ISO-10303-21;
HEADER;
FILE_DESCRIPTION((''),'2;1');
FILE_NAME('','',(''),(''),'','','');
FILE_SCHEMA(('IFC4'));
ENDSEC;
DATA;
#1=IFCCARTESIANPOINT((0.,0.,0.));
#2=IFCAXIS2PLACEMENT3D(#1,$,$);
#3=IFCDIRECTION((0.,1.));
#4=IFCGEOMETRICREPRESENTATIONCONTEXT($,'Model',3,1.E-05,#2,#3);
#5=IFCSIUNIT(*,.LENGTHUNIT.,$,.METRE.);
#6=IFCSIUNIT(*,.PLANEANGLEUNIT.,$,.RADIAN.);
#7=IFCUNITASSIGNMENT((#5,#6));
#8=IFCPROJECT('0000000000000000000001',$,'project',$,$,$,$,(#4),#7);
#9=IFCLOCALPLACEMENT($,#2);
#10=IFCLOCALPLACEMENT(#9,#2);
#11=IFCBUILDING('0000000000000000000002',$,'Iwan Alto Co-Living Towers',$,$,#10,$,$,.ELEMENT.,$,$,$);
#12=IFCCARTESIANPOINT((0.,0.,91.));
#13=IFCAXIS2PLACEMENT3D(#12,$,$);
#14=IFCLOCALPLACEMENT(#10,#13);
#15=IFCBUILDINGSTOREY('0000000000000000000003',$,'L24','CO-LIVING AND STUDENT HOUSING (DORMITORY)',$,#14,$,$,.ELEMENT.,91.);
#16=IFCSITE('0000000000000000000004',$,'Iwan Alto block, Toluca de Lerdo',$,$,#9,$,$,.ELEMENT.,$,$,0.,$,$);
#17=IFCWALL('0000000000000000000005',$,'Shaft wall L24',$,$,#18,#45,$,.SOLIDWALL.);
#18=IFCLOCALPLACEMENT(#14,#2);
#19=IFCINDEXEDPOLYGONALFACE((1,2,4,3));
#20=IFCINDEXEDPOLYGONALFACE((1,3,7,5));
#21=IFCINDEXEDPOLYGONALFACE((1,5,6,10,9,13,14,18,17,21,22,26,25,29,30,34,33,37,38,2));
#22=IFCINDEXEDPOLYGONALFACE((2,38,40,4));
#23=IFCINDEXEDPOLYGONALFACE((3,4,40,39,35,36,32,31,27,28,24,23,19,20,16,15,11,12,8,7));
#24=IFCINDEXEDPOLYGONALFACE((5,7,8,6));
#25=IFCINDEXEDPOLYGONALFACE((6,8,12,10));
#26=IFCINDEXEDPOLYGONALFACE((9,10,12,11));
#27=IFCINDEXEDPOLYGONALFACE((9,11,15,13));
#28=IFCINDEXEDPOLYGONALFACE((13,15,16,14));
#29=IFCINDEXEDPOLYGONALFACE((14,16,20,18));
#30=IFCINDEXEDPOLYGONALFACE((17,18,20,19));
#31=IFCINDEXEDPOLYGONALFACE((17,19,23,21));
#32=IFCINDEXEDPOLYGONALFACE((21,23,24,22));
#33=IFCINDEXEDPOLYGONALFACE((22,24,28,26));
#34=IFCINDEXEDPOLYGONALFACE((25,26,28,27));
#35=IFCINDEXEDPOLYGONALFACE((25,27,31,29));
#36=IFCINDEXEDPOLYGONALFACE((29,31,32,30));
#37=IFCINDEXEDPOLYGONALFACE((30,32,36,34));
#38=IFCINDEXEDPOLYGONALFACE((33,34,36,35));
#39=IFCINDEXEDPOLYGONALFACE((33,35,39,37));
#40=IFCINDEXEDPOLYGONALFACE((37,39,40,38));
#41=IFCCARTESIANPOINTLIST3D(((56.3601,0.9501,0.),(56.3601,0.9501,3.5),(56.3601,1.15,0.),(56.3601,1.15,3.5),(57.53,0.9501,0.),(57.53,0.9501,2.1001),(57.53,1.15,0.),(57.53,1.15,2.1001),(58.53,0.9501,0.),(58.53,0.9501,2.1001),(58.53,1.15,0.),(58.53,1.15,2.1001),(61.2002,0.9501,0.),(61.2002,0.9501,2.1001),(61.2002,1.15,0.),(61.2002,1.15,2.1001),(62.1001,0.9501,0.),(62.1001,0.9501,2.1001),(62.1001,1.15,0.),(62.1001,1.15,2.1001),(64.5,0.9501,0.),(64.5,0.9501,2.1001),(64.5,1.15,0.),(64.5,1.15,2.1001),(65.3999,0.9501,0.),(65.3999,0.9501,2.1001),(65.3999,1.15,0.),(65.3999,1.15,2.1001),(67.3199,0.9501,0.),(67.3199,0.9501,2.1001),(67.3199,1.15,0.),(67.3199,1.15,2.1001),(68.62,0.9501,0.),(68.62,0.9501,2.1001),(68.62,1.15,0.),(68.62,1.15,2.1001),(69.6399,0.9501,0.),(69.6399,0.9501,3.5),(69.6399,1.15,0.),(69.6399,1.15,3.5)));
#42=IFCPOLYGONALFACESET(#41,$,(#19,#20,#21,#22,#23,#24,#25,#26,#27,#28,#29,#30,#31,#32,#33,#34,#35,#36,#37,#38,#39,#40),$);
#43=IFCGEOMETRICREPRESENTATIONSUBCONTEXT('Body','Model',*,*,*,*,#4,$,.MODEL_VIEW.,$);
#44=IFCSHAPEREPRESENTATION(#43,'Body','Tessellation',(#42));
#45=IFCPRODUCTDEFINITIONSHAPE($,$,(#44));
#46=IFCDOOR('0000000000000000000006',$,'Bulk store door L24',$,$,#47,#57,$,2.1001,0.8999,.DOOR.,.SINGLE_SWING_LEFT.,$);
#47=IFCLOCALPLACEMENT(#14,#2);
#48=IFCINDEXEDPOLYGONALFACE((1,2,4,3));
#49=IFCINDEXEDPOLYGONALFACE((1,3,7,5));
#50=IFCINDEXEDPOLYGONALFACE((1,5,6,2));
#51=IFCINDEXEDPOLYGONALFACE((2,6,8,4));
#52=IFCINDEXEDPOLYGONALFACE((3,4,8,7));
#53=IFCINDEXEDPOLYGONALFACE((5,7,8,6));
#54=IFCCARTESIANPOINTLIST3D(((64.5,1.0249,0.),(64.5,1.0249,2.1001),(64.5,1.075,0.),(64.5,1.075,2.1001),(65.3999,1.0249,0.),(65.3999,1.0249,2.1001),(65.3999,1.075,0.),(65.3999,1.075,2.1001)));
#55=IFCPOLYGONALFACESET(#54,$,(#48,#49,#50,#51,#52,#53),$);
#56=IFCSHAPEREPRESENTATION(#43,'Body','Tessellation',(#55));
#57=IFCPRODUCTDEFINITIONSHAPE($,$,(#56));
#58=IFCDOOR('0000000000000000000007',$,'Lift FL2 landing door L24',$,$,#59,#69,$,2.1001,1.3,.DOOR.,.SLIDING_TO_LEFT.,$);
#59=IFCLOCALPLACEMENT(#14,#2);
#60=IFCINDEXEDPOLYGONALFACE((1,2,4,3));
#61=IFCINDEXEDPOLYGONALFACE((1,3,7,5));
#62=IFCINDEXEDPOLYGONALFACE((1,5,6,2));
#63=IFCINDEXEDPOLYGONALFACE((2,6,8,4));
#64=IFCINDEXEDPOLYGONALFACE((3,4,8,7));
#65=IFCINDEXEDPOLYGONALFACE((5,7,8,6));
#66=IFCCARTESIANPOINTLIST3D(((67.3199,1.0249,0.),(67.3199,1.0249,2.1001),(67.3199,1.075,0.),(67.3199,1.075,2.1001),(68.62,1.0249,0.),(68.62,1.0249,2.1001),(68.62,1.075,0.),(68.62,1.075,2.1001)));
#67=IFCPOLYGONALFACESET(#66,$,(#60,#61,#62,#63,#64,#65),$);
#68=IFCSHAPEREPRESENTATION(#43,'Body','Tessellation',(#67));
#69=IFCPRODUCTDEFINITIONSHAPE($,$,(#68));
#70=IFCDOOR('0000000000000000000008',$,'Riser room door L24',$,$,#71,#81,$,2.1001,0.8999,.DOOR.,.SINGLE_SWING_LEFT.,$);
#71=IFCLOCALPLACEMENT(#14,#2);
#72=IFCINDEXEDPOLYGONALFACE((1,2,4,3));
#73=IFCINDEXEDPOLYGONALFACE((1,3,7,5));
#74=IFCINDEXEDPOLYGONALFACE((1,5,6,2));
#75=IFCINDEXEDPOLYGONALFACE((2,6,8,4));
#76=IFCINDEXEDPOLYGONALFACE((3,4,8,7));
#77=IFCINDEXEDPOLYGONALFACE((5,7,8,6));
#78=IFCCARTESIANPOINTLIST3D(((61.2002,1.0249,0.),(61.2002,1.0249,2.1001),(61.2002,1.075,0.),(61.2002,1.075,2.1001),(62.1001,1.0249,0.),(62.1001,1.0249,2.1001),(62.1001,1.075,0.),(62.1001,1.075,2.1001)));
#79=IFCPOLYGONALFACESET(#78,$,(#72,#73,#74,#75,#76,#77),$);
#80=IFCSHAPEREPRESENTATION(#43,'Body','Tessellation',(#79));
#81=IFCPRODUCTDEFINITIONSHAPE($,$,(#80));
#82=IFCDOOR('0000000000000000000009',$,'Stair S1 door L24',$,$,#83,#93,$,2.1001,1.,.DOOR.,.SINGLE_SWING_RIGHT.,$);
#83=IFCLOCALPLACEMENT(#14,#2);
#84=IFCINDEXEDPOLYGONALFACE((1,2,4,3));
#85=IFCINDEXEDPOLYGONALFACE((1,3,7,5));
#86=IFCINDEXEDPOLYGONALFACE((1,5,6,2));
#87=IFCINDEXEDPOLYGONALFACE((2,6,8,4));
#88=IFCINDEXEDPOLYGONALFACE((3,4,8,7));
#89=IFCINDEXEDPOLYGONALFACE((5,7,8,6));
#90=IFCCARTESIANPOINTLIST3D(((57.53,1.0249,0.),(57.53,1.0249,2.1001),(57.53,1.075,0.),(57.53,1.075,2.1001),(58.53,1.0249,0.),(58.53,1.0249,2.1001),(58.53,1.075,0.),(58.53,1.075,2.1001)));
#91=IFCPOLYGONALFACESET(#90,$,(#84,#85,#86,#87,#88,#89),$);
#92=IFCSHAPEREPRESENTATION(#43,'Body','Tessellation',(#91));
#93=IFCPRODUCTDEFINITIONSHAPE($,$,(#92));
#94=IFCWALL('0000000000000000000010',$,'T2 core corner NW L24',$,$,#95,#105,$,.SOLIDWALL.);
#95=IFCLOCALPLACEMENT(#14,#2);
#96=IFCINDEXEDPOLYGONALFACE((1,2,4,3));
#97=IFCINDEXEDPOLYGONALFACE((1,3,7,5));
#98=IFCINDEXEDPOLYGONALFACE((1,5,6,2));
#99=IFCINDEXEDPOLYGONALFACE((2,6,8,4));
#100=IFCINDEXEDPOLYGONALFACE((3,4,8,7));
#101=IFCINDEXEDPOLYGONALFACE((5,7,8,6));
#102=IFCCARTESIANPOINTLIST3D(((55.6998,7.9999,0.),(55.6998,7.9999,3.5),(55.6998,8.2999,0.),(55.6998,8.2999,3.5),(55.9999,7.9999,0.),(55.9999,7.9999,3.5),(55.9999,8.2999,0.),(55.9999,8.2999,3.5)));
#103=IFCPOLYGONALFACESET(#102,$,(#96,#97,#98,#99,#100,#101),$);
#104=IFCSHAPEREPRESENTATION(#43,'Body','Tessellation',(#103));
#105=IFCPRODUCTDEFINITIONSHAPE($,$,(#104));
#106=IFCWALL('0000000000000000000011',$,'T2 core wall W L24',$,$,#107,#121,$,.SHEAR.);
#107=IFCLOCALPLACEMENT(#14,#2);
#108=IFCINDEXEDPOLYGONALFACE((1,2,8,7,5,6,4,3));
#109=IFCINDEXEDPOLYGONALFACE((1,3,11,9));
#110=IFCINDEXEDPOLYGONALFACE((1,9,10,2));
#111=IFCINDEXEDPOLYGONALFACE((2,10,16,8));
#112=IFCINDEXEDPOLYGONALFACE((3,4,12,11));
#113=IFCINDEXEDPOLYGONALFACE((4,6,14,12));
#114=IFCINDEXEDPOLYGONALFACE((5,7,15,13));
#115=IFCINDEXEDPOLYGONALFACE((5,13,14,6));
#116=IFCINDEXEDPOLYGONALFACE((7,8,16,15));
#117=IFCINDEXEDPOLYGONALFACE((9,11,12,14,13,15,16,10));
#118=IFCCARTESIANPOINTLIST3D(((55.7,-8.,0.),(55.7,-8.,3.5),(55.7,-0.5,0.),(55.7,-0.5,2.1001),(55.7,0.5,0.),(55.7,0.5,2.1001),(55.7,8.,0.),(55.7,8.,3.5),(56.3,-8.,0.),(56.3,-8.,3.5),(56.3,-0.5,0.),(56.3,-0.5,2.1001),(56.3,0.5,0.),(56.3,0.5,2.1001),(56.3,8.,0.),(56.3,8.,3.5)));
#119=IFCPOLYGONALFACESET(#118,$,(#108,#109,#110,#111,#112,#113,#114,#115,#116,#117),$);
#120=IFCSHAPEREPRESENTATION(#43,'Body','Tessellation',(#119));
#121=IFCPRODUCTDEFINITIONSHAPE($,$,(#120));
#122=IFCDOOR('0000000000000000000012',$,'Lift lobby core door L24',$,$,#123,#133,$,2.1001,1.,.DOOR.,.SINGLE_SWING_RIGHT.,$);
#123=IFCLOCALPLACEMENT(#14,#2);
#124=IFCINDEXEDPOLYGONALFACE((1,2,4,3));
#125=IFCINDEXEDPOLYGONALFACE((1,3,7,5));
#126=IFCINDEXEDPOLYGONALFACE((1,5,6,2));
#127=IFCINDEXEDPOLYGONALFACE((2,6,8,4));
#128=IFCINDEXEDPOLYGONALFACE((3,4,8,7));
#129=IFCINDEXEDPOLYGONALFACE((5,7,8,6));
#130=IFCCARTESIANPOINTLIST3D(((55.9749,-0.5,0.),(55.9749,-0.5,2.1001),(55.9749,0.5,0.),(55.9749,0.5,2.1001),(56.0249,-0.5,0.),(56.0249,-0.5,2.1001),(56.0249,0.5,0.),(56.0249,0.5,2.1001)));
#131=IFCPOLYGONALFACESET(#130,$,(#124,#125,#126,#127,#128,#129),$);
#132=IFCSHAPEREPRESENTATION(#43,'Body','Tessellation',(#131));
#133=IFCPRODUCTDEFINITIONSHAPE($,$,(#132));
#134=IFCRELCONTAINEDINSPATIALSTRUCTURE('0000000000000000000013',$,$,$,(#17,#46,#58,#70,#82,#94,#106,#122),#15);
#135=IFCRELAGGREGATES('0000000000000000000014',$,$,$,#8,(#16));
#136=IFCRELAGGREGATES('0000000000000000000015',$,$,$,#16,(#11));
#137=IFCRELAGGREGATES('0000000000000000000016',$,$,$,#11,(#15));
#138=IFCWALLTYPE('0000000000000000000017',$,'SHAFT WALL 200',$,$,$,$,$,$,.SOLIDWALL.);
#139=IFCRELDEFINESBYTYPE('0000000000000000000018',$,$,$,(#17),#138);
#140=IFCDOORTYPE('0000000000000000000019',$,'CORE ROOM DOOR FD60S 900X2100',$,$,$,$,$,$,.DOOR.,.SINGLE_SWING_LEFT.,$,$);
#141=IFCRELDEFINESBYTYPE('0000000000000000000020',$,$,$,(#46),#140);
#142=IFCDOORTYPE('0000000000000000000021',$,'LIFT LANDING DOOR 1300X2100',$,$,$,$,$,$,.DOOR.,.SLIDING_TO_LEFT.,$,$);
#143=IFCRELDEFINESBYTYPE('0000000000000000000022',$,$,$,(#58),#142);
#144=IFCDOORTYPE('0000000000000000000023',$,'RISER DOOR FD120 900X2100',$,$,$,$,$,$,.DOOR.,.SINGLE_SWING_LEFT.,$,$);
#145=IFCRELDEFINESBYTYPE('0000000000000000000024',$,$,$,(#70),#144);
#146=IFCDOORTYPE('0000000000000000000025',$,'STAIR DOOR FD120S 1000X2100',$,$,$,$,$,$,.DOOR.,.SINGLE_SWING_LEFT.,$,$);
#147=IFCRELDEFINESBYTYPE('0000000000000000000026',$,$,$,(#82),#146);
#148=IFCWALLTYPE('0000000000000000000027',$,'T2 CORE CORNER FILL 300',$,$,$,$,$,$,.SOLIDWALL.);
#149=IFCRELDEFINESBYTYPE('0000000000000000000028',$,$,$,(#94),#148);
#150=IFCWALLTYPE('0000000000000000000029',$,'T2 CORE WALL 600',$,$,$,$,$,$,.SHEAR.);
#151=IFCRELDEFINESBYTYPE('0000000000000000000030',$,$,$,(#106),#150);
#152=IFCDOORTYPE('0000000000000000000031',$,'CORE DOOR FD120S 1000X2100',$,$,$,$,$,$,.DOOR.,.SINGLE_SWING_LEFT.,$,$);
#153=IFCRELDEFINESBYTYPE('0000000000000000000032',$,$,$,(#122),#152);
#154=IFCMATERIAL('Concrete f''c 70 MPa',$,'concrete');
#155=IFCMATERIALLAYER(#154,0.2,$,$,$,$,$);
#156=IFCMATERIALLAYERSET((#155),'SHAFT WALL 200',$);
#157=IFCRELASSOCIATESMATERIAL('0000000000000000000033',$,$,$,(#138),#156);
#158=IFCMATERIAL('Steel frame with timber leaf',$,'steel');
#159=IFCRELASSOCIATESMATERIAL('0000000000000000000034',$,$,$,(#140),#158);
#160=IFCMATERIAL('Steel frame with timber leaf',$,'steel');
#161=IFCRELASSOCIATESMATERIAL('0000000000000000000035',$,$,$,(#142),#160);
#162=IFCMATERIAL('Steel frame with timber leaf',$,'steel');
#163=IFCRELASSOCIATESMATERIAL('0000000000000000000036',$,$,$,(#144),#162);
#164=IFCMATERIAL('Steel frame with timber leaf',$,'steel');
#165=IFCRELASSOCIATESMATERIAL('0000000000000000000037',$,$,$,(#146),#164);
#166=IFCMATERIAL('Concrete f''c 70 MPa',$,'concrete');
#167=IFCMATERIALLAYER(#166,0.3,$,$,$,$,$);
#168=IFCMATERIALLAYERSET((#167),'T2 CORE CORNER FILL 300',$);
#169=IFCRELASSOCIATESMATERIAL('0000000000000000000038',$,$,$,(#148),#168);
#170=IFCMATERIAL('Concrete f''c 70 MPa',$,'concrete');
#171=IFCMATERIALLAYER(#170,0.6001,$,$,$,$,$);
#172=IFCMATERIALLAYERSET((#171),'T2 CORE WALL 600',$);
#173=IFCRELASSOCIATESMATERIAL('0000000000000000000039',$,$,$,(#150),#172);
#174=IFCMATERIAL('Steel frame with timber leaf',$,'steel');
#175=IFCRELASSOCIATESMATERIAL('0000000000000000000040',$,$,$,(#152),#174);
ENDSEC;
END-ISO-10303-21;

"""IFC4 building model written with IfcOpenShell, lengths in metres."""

from ifc_helpers import new_model, si_unit, direction, frame, frame_2d, origin, place, context, subcontext, project, spatial, rectangle, extrude, material, layer, layer_set, type_object, element, fill, save


model = new_model("IFC4")

# Units and contexts
model_context = context("Model", 3, precision=1e-05, world=origin(), true_north=direction((0.0, 1.0)))
body_context = subcontext(model_context, "Body", "Model", "MODEL_VIEW")
ifc_project = project(units=[si_unit("LENGTHUNIT", "METRE"), si_unit("PLANEANGLEUNIT", "RADIAN")], contexts=[model_context])

# Site, building, storey
site_placement = place(None, origin())
site = spatial("IfcSite", under=ifc_project, at=site_placement, Name="Iwan Alto block, Toluca de Lerdo", CompositionType="ELEMENT", RefElevation=0.0)
building_placement = place(site_placement, origin())
building = spatial("IfcBuilding", under=site, at=building_placement, Name="Iwan Alto Co-Living Towers", CompositionType="ELEMENT")
storey_placement = place(building_placement, frame((0.0, 0.0, 91.0)))
storey = spatial("IfcBuildingStorey", under=building, at=storey_placement, Name="L24", Description="CO-LIVING AND STUDENT HOUSING (DORMITORY)", CompositionType="ELEMENT", Elevation=91.0)

# Wall, openings, doors
ifc_material_1 = material(Name="Concrete f'c 70 MPa", Category="concrete")
ifc_layer_1 = layer(ifc_material_1, 0.2)
ifc_layer_set_1 = layer_set([ifc_layer_1], Name="SHAFT WALL 200")
wall_type_1 = type_object("IfcWallType", Name="SHAFT WALL 200", PredefinedType="SOLIDWALL", material=ifc_layer_set_1)
wall_1_placement = place(storey_placement, frame((56.3601, 1.05, 0.0), z_axis=(0.0, 0.0, 1.0), x_axis=(1.0, 0.0, 0.0)))
wall_1 = element("IfcWall", 1, at=wall_1_placement, inside=storey, type_object=wall_type_1, Name="Shaft wall L24", PredefinedType="SOLIDWALL", context=body_context, shape_type="SweptSolid", body=[
    extrude(rectangle(XDim=13.2798, YDim=0.2, at=frame_2d((6.6399, 0.0))), origin(), (0.0, 0.0, 1.0), 3.5),
])
opening_1_placement = place(wall_1_placement, frame((1.1699, 0.0, 0.0)))
opening_1 = element("IfcOpeningElement", 2, at=opening_1_placement, cuts=wall_1, PredefinedType="OPENING", context=body_context, shape_type="SweptSolid", body=[
    extrude(rectangle(XDim=1.0, YDim=2.1001, at=frame_2d((0.5, 1.05))), frame((0.0, 0.1099, 0.0), z_axis=(0.0, -1.0, 0.0), x_axis=(1.0, 0.0, 0.0)), (0.0, 0.0, 1.0), 0.22),
])
opening_2_placement = place(wall_1_placement, frame((4.8401, 0.0, 0.0)))
opening_2 = element("IfcOpeningElement", 3, at=opening_2_placement, cuts=wall_1, PredefinedType="OPENING", context=body_context, shape_type="SweptSolid", body=[
    extrude(rectangle(XDim=0.8999, YDim=2.1001, at=frame_2d((0.45, 1.05))), frame((0.0, 0.1099, 0.0), z_axis=(0.0, -1.0, 0.0), x_axis=(1.0, 0.0, 0.0)), (0.0, 0.0, 1.0), 0.22),
])
opening_3_placement = place(wall_1_placement, frame((8.1399, 0.0, 0.0)))
opening_3 = element("IfcOpeningElement", 4, at=opening_3_placement, cuts=wall_1, PredefinedType="OPENING", context=body_context, shape_type="SweptSolid", body=[
    extrude(rectangle(XDim=0.8999, YDim=2.1001, at=frame_2d((0.45, 1.05))), frame((0.0, 0.1099, 0.0), z_axis=(0.0, -1.0, 0.0), x_axis=(1.0, 0.0, 0.0)), (0.0, 0.0, 1.0), 0.22),
])
opening_4_placement = place(wall_1_placement, frame((10.96, 0.0, 0.0)))
opening_4 = element("IfcOpeningElement", 5, at=opening_4_placement, cuts=wall_1, PredefinedType="OPENING", context=body_context, shape_type="SweptSolid", body=[
    extrude(rectangle(XDim=1.3, YDim=2.1001, at=frame_2d((0.6499, 1.05))), frame((0.0, 0.1099, 0.0), z_axis=(0.0, -1.0, 0.0), x_axis=(1.0, 0.0, 0.0)), (0.0, 0.0, 1.0), 0.22),
])
ifc_material_2 = material(Name="Steel frame with timber leaf", Category="steel")
door_type_1 = type_object("IfcDoorType", Name="CORE ROOM DOOR FD60S 900X2100", OperationType="SINGLE_SWING_LEFT", PredefinedType="DOOR", material=ifc_material_2)
door_1_placement = place(opening_3_placement, origin())
door_1 = element("IfcDoor", 6, at=door_1_placement, inside=storey, type_object=door_type_1, Name="Bulk store door L24", OperationType="SINGLE_SWING_LEFT", OverallHeight=2.1001, OverallWidth=0.8999, PredefinedType="DOOR", context=body_context, shape_type="SweptSolid", body=[
    extrude(rectangle(XDim=0.8999, YDim=2.1001, at=frame_2d((0.45, 1.05))), frame((0.0, 0.0249, 0.0), z_axis=(0.0, -1.0, 0.0), x_axis=(1.0, 0.0, 0.0)), (0.0, 0.0, 1.0), 0.05),
])
fill(opening_3, door_1)
ifc_material_3 = material(Name="Steel frame with timber leaf", Category="steel")
door_type_2 = type_object("IfcDoorType", Name="LIFT LANDING DOOR 1300X2100", OperationType="SLIDING_TO_LEFT", PredefinedType="DOOR", material=ifc_material_3)
door_2_placement = place(opening_4_placement, origin())
door_2 = element("IfcDoor", 7, at=door_2_placement, inside=storey, type_object=door_type_2, Name="Lift FL2 landing door L24", OperationType="SLIDING_TO_LEFT", OverallHeight=2.1001, OverallWidth=1.3, PredefinedType="DOOR", context=body_context, shape_type="SweptSolid", body=[
    extrude(rectangle(XDim=1.3, YDim=2.1001, at=frame_2d((0.6499, 1.05))), frame((0.0, 0.0249, 0.0), z_axis=(0.0, -1.0, 0.0), x_axis=(1.0, 0.0, 0.0)), (0.0, 0.0, 1.0), 0.05),
])
fill(opening_4, door_2)
ifc_material_4 = material(Name="Steel frame with timber leaf", Category="steel")
door_type_3 = type_object("IfcDoorType", Name="RISER DOOR FD120 900X2100", OperationType="SINGLE_SWING_LEFT", PredefinedType="DOOR", material=ifc_material_4)
door_3_placement = place(opening_2_placement, origin())
door_3 = element("IfcDoor", 8, at=door_3_placement, inside=storey, type_object=door_type_3, Name="Riser room door L24", OperationType="SINGLE_SWING_LEFT", OverallHeight=2.1001, OverallWidth=0.8999, PredefinedType="DOOR", context=body_context, shape_type="SweptSolid", body=[
    extrude(rectangle(XDim=0.8999, YDim=2.1001, at=frame_2d((0.45, 1.05))), frame((0.0, 0.0249, 0.0), z_axis=(0.0, -1.0, 0.0), x_axis=(1.0, 0.0, 0.0)), (0.0, 0.0, 1.0), 0.05),
])
fill(opening_2, door_3)
ifc_material_5 = material(Name="Steel frame with timber leaf", Category="steel")
door_type_4 = type_object("IfcDoorType", Name="STAIR DOOR FD120S 1000X2100", OperationType="SINGLE_SWING_LEFT", PredefinedType="DOOR", material=ifc_material_5)
door_4_placement = place(opening_1_placement, origin())
door_4 = element("IfcDoor", 9, at=door_4_placement, inside=storey, type_object=door_type_4, Name="Stair S1 door L24", OperationType="SINGLE_SWING_RIGHT", OverallHeight=2.1001, OverallWidth=1.0, PredefinedType="DOOR", context=body_context, shape_type="SweptSolid", body=[
    extrude(rectangle(XDim=1.0, YDim=2.1001, at=frame_2d((0.5, 1.05))), frame((0.0, 0.0249, 0.0), z_axis=(0.0, -1.0, 0.0), x_axis=(1.0, 0.0, 0.0)), (0.0, 0.0, 1.0), 0.05),
])
fill(opening_1, door_4)

# Wall
ifc_material_6 = material(Name="Concrete f'c 70 MPa", Category="concrete")
ifc_layer_2 = layer(ifc_material_6, 0.3)
ifc_layer_set_2 = layer_set([ifc_layer_2], Name="T2 CORE CORNER FILL 300")
wall_type_2 = type_object("IfcWallType", Name="T2 CORE CORNER FILL 300", PredefinedType="SOLIDWALL", material=ifc_layer_set_2)
wall_2_placement = place(storey_placement, frame((55.7, 8.1499, 0.0), z_axis=(0.0, 0.0, 1.0), x_axis=(1.0, 0.0, 0.0)))
element("IfcWall", 10, at=wall_2_placement, inside=storey, type_object=wall_type_2, Name="T2 core corner NW L24", PredefinedType="SOLIDWALL", context=body_context, shape_type="SweptSolid", body=[
    extrude(rectangle(XDim=0.3, YDim=0.3, at=frame_2d((0.1499, 0.0))), origin(), (0.0, 0.0, 1.0), 3.5),
])

# Wall, opening, door
ifc_material_7 = material(Name="Concrete f'c 70 MPa", Category="concrete")
ifc_layer_3 = layer(ifc_material_7, 0.6001)
ifc_layer_set_3 = layer_set([ifc_layer_3], Name="T2 CORE WALL 600")
wall_type_3 = type_object("IfcWallType", Name="T2 CORE WALL 600", PredefinedType="SHEAR", material=ifc_layer_set_3)
wall_3_placement = place(storey_placement, frame((56.0, 8.0, 0.0), z_axis=(0.0, 0.0, 1.0), x_axis=(0.0, -1.0, 0.0)))
wall_3 = element("IfcWall", 11, at=wall_3_placement, inside=storey, type_object=wall_type_3, Name="T2 core wall W L24", PredefinedType="SHEAR", context=body_context, shape_type="SweptSolid", body=[
    extrude(rectangle(XDim=16.0, YDim=0.6001, at=frame_2d((8.0, 0.0))), origin(), (0.0, 0.0, 1.0), 3.5),
])
opening_5_placement = place(wall_3_placement, frame((7.5, 0.0, 0.0)))
opening_5 = element("IfcOpeningElement", 12, at=opening_5_placement, cuts=wall_3, PredefinedType="OPENING", context=body_context, shape_type="SweptSolid", body=[
    extrude(rectangle(XDim=1.0, YDim=2.1001, at=frame_2d((0.5, 1.05))), frame((0.0, 0.3101, 0.0), z_axis=(0.0, -1.0, 0.0), x_axis=(1.0, 0.0, 0.0)), (0.0, 0.0, 1.0), 0.6201),
])
ifc_material_8 = material(Name="Steel frame with timber leaf", Category="steel")
door_type_5 = type_object("IfcDoorType", Name="CORE DOOR FD120S 1000X2100", OperationType="SINGLE_SWING_LEFT", PredefinedType="DOOR", material=ifc_material_8)
door_5_placement = place(opening_5_placement, origin())
door_5 = element("IfcDoor", 13, at=door_5_placement, inside=storey, type_object=door_type_5, Name="Lift lobby core door L24", OperationType="SINGLE_SWING_RIGHT", OverallHeight=2.1001, OverallWidth=1.0, PredefinedType="DOOR", context=body_context, shape_type="SweptSolid", body=[
    extrude(rectangle(XDim=1.0, YDim=2.1001, at=frame_2d((0.5, 1.05))), frame((0.0, 0.0249, 0.0), z_axis=(0.0, -1.0, 0.0), x_axis=(1.0, 0.0, 0.0)), (0.0, 0.0, 1.0), 0.05),
])
fill(opening_5, door_5)

save(model, "model.ifc")
